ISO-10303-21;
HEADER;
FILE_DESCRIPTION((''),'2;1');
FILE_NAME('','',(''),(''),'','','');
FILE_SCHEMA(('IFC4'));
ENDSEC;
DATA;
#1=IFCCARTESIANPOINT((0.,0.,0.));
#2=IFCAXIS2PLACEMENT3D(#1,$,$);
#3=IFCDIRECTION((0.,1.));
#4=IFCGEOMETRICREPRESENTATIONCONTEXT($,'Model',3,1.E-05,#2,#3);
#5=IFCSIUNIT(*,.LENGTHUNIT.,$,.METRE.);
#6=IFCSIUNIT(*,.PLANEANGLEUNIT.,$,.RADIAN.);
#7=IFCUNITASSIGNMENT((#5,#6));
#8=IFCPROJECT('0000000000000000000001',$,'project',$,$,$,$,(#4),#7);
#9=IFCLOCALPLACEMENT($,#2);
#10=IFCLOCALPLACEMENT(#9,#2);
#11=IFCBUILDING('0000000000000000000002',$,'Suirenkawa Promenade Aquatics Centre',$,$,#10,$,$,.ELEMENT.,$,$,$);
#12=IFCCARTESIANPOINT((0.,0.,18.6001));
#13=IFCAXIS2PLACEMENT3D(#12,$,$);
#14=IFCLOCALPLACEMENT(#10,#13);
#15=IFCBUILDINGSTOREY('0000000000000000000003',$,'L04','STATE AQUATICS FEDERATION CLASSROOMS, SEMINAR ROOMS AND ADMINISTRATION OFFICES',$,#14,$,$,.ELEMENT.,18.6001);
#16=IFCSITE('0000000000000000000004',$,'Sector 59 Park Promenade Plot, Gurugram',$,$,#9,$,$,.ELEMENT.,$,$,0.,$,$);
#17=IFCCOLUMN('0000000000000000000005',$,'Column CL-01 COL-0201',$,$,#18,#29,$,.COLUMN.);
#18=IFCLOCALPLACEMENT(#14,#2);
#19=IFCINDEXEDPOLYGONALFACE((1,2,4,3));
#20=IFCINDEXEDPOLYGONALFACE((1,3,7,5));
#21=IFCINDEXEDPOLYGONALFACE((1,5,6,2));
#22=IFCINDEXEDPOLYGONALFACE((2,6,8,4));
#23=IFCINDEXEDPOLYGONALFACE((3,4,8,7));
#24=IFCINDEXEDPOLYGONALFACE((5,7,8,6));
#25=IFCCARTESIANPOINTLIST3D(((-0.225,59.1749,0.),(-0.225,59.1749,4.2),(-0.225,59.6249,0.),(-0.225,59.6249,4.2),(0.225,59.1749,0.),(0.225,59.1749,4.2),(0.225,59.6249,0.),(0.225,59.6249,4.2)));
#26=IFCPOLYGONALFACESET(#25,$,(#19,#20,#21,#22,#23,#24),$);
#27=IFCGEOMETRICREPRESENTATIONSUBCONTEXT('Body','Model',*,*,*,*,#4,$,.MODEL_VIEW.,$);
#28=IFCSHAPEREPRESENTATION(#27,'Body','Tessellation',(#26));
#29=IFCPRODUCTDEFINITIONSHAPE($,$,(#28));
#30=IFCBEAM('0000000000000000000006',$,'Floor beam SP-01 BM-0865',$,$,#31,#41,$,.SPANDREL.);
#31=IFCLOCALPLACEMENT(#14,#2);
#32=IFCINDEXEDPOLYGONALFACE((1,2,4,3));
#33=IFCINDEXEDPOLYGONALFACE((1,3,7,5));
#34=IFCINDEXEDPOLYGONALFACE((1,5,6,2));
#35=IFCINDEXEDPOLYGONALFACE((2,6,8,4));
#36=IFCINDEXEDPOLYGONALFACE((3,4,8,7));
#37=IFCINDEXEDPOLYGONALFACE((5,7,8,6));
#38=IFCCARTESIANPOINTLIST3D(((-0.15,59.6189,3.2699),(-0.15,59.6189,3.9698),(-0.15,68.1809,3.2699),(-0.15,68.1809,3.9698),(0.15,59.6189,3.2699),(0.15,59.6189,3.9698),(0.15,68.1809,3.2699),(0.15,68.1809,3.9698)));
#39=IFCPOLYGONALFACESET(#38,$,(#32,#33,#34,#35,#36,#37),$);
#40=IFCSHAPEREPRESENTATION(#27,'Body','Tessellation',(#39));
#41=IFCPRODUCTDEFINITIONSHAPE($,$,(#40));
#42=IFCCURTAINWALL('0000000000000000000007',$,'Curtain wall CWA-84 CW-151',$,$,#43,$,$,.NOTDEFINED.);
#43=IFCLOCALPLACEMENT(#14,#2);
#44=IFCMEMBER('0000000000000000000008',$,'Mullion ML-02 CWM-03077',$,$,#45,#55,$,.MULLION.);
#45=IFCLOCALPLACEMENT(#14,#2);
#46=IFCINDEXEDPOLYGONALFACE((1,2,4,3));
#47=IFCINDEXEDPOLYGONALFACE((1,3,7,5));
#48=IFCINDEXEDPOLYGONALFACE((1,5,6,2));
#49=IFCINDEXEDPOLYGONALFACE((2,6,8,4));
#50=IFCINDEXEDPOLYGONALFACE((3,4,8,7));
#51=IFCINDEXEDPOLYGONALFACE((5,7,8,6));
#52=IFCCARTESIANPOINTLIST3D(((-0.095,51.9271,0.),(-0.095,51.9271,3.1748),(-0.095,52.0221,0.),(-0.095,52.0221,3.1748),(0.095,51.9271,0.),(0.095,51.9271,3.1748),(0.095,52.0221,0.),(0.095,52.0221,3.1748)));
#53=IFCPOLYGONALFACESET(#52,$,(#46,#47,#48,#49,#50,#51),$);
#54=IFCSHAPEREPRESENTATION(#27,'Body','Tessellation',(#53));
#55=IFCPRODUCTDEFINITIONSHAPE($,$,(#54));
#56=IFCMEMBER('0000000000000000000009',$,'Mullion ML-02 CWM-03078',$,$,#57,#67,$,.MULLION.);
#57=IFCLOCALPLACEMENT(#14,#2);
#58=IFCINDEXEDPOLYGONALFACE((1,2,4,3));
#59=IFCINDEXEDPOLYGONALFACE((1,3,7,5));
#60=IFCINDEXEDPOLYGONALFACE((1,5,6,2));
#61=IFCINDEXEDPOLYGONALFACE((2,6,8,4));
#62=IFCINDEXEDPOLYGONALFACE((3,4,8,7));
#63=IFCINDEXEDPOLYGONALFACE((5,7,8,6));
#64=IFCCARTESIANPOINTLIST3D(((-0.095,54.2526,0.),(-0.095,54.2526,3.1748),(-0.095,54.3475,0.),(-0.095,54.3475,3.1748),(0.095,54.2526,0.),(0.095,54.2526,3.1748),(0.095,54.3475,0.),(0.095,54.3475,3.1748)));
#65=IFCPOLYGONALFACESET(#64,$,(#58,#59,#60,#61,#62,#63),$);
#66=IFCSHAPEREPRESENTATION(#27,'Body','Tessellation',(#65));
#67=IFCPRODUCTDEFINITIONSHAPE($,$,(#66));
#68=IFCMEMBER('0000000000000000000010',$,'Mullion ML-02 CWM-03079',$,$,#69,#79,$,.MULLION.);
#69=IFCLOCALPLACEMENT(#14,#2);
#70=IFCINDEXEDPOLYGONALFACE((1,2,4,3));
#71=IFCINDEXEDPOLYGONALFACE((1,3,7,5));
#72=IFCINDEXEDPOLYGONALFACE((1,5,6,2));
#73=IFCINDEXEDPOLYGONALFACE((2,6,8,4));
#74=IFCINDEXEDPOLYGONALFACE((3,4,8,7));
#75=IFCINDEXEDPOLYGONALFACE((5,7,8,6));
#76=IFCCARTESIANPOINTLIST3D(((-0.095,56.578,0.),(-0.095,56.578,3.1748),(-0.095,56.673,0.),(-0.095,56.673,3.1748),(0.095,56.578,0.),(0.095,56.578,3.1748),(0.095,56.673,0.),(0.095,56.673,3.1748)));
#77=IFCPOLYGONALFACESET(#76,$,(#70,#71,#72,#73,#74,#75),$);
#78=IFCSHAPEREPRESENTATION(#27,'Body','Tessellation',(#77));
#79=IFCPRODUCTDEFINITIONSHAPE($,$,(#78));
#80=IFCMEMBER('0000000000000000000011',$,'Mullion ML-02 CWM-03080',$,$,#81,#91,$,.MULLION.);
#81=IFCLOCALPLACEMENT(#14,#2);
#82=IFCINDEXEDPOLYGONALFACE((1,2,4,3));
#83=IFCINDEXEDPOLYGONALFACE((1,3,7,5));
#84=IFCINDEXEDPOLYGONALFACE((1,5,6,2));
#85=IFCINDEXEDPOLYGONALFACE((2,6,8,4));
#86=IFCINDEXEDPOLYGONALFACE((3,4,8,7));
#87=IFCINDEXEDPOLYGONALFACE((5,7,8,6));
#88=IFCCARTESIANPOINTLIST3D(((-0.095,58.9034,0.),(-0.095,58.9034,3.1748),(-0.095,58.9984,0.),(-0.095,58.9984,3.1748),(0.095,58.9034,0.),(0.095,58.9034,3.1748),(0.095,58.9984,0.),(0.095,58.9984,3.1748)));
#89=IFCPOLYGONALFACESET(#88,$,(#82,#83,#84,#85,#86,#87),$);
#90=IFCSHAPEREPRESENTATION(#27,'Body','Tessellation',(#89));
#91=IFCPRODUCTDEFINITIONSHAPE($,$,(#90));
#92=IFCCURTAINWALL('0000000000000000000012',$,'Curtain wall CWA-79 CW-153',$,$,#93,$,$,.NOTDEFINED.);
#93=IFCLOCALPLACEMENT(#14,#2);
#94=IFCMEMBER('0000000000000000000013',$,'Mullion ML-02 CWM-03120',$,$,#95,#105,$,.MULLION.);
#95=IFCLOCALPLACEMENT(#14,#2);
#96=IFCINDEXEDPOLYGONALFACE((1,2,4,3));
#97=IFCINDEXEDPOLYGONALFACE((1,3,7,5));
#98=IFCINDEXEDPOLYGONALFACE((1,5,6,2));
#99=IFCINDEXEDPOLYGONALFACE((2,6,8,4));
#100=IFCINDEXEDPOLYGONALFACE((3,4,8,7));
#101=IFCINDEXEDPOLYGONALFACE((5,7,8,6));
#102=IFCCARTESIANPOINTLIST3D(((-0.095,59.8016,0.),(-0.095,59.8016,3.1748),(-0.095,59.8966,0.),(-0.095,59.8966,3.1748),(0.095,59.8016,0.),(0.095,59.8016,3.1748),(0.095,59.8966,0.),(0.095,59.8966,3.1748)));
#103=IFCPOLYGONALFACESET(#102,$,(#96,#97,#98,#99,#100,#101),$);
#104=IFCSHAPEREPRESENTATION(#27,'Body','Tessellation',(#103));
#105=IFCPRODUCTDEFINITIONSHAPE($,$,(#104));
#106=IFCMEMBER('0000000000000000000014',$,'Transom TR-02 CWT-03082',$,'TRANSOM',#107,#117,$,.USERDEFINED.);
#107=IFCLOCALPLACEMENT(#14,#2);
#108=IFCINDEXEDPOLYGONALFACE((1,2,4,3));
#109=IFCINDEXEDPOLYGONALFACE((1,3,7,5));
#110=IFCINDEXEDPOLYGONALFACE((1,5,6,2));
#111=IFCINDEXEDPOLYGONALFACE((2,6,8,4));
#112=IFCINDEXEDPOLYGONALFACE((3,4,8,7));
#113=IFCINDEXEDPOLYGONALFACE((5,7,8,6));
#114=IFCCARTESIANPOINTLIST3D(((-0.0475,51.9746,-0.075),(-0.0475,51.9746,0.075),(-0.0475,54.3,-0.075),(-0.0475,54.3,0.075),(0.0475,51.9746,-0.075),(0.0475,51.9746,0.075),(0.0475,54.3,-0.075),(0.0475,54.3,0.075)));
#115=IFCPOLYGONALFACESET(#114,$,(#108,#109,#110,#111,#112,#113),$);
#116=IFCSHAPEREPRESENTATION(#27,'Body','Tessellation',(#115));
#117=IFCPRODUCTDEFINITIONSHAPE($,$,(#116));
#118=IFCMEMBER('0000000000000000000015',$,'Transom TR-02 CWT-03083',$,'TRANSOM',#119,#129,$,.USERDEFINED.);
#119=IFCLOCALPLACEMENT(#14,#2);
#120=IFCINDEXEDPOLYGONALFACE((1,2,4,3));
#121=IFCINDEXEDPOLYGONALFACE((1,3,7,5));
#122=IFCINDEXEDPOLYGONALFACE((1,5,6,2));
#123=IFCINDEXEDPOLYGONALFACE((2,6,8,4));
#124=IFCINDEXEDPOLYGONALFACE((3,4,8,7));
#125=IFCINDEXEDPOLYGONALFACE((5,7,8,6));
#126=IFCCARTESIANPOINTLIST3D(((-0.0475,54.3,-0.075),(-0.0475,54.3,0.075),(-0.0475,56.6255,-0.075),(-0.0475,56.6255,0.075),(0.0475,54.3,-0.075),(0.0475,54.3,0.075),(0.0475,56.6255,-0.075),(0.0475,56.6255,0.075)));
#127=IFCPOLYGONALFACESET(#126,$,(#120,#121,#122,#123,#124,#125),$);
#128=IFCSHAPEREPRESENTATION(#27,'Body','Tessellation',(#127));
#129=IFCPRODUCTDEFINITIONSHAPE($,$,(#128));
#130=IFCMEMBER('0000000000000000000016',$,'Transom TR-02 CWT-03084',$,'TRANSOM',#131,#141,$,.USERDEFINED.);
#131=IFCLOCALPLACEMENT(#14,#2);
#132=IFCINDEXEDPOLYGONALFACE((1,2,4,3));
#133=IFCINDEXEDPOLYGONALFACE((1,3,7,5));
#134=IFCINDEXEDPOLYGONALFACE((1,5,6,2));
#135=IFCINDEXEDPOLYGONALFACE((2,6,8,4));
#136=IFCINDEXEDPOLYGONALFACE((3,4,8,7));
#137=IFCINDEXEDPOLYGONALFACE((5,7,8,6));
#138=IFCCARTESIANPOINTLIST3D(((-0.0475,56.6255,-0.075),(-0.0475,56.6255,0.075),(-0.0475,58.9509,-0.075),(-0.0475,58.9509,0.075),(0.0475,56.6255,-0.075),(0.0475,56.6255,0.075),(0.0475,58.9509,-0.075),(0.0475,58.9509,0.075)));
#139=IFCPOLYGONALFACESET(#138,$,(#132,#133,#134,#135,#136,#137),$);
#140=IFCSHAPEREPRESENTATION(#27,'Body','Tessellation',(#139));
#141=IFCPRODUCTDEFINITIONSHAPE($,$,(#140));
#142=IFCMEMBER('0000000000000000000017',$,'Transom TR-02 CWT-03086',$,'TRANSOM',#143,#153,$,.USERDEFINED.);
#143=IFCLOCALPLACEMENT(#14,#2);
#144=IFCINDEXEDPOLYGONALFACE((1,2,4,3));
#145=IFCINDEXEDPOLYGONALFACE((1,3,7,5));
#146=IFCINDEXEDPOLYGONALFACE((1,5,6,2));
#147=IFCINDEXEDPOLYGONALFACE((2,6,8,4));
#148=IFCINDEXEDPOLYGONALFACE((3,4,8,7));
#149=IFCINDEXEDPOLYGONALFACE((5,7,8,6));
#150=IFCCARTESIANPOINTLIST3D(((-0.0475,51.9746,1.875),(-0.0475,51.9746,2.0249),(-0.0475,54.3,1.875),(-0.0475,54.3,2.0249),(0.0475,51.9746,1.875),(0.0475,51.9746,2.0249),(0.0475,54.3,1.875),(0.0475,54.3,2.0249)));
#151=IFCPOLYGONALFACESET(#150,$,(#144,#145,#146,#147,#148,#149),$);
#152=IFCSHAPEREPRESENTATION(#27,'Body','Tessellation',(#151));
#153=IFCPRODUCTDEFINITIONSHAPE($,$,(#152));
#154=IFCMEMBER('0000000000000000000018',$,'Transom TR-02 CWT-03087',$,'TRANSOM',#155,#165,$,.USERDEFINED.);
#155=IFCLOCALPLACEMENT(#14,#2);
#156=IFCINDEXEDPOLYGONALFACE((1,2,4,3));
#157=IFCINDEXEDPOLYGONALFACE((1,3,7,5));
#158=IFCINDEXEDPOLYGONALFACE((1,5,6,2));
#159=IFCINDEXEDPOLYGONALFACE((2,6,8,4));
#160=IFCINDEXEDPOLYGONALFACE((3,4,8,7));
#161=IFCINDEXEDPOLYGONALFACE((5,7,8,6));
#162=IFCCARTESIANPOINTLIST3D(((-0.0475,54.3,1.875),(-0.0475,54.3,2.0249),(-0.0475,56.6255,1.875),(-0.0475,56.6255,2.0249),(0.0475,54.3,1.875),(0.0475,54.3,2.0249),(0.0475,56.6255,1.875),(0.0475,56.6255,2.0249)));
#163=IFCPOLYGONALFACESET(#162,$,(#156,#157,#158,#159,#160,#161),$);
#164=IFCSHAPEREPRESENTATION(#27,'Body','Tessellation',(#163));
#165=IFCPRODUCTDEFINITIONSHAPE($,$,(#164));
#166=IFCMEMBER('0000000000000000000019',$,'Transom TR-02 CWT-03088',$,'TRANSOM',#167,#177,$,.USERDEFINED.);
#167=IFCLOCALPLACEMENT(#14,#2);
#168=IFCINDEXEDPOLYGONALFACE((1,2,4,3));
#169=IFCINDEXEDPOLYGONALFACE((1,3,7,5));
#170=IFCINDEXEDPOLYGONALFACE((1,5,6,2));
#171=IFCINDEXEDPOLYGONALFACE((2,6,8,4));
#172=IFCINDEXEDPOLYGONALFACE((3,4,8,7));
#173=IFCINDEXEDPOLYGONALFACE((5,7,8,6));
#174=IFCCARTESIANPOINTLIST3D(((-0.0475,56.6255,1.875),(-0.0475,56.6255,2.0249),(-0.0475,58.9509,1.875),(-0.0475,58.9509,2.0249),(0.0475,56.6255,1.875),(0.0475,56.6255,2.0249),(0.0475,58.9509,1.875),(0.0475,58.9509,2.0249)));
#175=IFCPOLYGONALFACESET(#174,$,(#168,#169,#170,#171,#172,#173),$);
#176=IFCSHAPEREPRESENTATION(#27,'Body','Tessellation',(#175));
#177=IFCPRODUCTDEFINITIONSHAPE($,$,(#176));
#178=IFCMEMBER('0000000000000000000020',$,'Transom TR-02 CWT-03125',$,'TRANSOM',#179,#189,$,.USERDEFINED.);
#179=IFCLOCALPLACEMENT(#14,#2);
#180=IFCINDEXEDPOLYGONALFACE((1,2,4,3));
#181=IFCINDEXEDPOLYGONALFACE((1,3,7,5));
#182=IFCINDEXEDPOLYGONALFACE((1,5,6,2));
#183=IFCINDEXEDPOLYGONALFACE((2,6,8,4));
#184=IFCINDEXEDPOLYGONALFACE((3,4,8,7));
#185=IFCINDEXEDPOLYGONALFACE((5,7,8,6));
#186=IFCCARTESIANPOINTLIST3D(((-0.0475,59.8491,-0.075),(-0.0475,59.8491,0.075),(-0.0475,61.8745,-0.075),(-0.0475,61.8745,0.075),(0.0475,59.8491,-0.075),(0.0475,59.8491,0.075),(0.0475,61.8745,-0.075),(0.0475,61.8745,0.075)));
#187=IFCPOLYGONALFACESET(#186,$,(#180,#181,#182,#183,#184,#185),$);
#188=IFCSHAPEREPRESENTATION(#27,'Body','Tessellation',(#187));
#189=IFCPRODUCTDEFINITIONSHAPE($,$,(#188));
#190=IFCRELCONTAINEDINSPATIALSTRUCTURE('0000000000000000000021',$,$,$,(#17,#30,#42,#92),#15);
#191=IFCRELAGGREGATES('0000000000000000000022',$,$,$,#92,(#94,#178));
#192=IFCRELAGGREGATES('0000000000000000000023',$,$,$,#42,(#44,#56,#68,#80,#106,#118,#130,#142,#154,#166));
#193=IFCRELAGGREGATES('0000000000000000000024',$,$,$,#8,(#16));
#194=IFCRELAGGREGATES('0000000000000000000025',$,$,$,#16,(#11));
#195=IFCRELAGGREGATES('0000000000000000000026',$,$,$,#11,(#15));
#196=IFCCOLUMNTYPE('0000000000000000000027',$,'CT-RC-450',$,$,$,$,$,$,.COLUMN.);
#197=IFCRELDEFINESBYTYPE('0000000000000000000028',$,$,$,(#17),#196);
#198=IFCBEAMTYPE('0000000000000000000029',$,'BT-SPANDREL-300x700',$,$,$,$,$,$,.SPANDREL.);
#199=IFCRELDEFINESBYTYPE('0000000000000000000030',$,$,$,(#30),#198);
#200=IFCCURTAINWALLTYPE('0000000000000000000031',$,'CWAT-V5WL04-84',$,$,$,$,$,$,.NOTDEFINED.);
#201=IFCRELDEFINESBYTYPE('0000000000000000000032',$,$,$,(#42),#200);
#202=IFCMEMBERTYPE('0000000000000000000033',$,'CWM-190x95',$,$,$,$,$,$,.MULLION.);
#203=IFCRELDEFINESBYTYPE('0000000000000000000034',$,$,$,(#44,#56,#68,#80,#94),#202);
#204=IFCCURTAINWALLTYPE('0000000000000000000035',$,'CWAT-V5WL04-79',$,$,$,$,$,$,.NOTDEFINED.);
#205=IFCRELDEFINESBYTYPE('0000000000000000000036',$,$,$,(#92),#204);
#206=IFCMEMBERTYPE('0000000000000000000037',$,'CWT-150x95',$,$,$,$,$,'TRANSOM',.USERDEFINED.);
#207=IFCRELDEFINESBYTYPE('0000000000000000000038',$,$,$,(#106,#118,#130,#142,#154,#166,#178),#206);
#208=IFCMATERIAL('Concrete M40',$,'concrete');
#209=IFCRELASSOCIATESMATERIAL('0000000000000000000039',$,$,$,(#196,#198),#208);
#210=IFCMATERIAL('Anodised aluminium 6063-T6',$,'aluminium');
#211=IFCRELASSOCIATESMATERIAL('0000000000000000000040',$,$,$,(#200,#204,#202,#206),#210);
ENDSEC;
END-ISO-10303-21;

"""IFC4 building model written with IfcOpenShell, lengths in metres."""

from ifc_helpers import new_model, si_unit, direction, frame, origin, origin_2d, place, context, subcontext, project, spatial, rectangle, extrude, material, material_profile, profile_set, type_object, element, aggregate, save


model = new_model("IFC4")

# Units and contexts
model_context = context("Model", 3, precision=1e-05, world=origin(), true_north=direction((0.0, 1.0)))
body_context = subcontext(model_context, "Body", "Model", "MODEL_VIEW")
ifc_project = project(units=[si_unit("LENGTHUNIT", "METRE"), si_unit("PLANEANGLEUNIT", "RADIAN")], contexts=[model_context])

# Site, building, storey
site_placement = place(None, origin())
site = spatial("IfcSite", under=ifc_project, at=site_placement, Name="Sector 59 Park Promenade Plot, Gurugram", CompositionType="ELEMENT", RefElevation=0.0)
building_placement = place(site_placement, origin())
building = spatial("IfcBuilding", under=site, at=building_placement, Name="Suirenkawa Promenade Aquatics Centre", CompositionType="ELEMENT")
storey_placement = place(building_placement, frame((0.0, 0.0, 18.6001)))
storey = spatial("IfcBuildingStorey", under=building, at=storey_placement, Name="L04", Description="STATE AQUATICS FEDERATION CLASSROOMS, SEMINAR ROOMS AND ADMINISTRATION OFFICES", CompositionType="ELEMENT", Elevation=18.6001)

# Column
ifc_material_1 = material(Name="Concrete M40", Category="concrete")
ifc_material_profile_1 = material_profile(ifc_material_1, rectangle(XDim=0.45, YDim=0.45, at=origin_2d()), Name="RC COL 450x450", Category="concrete")
ifc_profile_set_1 = profile_set([ifc_material_profile_1], Name="Concrete M40")
column_type = type_object("IfcColumnType", Name="CT-RC-450", PredefinedType="COLUMN", material=ifc_profile_set_1)
column_placement = place(storey_placement, frame((0.0, 59.3999, 0.0), z_axis=(0.0, 0.0, 1.0), x_axis=(1.0, 0.0, 0.0)))
element("IfcColumn", 1, at=column_placement, inside=storey, type_object=column_type, Name="Column CL-01 COL-0201", PredefinedType="COLUMN", context=body_context, shape_type="SweptSolid", body=[
    extrude(rectangle(XDim=0.45, YDim=0.45, at=origin_2d()), origin(), (0.0, 0.0, 1.0), 4.2),
])

# Beam
ifc_material_profile_2 = material_profile(ifc_material_1, rectangle(XDim=0.3, YDim=0.7, at=origin_2d()), Name="RC SPANDREL 300x700", Category="concrete")
ifc_profile_set_2 = profile_set([ifc_material_profile_2], Name="Concrete M40")
beam_type = type_object("IfcBeamType", Name="BT-SPANDREL-300x700", PredefinedType="SPANDREL", material=ifc_profile_set_2)
beam_placement = place(storey_placement, frame((0.0, 59.6189, 3.6199), z_axis=(0.0, 1.0, 0.0), x_axis=(-1.0, 0.0, 0.0)))
element("IfcBeam", 2, at=beam_placement, inside=storey, type_object=beam_type, Name="Floor beam SP-01 BM-0865", PredefinedType="SPANDREL", context=body_context, shape_type="SweptSolid", body=[
    extrude(rectangle(XDim=0.3, YDim=0.7, at=origin_2d()), origin(), (0.0, 0.0, 1.0), 8.562),
])

# Curtain wall, members
ifc_material_2 = material(Name="Anodised aluminium 6063-T6", Category="aluminium")
curtain_wall_type_1 = type_object("IfcCurtainWallType", Name="CWAT-V5WL04-84", PredefinedType="NOTDEFINED", material=ifc_material_2)
curtain_wall_1_placement = place(storey_placement, origin())
curtain_wall_1 = element("IfcCurtainWall", 3, at=curtain_wall_1_placement, inside=storey, type_object=curtain_wall_type_1, Name="Curtain wall CWA-84 CW-151", PredefinedType="NOTDEFINED")
ifc_material_profile_3 = material_profile(ifc_material_2, rectangle(XDim=0.095, YDim=0.1899, at=origin_2d()), Name="ALU MULL 95x190", Category="aluminium")
ifc_profile_set_3 = profile_set([ifc_material_profile_3], Name="Anodised aluminium 6063-T6")
member_type_1 = type_object("IfcMemberType", Name="CWM-190x95", PredefinedType="MULLION", material=ifc_profile_set_3)
member_1_placement = place(storey_placement, frame((0.0, 51.9746, 0.0), z_axis=(0.0, 0.0, 1.0), x_axis=(0.0, 1.0, 0.0)))
member_1 = element("IfcMember", 4, at=member_1_placement, type_object=member_type_1, Name="Mullion ML-02 CWM-03077", PredefinedType="MULLION", context=body_context, shape_type="SweptSolid", body=[
    extrude(rectangle(XDim=0.095, YDim=0.1899, at=origin_2d()), origin(), (0.0, 0.0, 1.0), 3.1748),
])
member_2_placement = place(storey_placement, frame((0.0, 54.3, 0.0), z_axis=(0.0, 0.0, 1.0), x_axis=(0.0, 1.0, 0.0)))
member_2 = element("IfcMember", 5, at=member_2_placement, type_object=member_type_1, Name="Mullion ML-02 CWM-03078", PredefinedType="MULLION", context=body_context, shape_type="SweptSolid", body=[
    extrude(rectangle(XDim=0.095, YDim=0.1899, at=origin_2d()), origin(), (0.0, 0.0, 1.0), 3.1748),
])
member_3_placement = place(storey_placement, frame((0.0, 56.6255, 0.0), z_axis=(0.0, 0.0, 1.0), x_axis=(0.0, 1.0, 0.0)))
member_3 = element("IfcMember", 6, at=member_3_placement, type_object=member_type_1, Name="Mullion ML-02 CWM-03079", PredefinedType="MULLION", context=body_context, shape_type="SweptSolid", body=[
    extrude(rectangle(XDim=0.095, YDim=0.1899, at=origin_2d()), origin(), (0.0, 0.0, 1.0), 3.1748),
])
member_4_placement = place(storey_placement, frame((0.0, 58.9509, 0.0), z_axis=(0.0, 0.0, 1.0), x_axis=(0.0, 1.0, 0.0)))
member_4 = element("IfcMember", 7, at=member_4_placement, type_object=member_type_1, Name="Mullion ML-02 CWM-03080", PredefinedType="MULLION", context=body_context, shape_type="SweptSolid", body=[
    extrude(rectangle(XDim=0.095, YDim=0.1899, at=origin_2d()), origin(), (0.0, 0.0, 1.0), 3.1748),
])

# Curtain wall, member
curtain_wall_type_2 = type_object("IfcCurtainWallType", Name="CWAT-V5WL04-79", PredefinedType="NOTDEFINED", material=ifc_material_2)
curtain_wall_2_placement = place(storey_placement, origin())
curtain_wall_2 = element("IfcCurtainWall", 8, at=curtain_wall_2_placement, inside=storey, type_object=curtain_wall_type_2, Name="Curtain wall CWA-79 CW-153", PredefinedType="NOTDEFINED")
member_5_placement = place(storey_placement, frame((0.0, 59.8491, 0.0), z_axis=(0.0, 0.0, 1.0), x_axis=(0.0, 1.0, 0.0)))
member_5 = element("IfcMember", 9, at=member_5_placement, type_object=member_type_1, Name="Mullion ML-02 CWM-03120", PredefinedType="MULLION", context=body_context, shape_type="SweptSolid", body=[
    extrude(rectangle(XDim=0.095, YDim=0.1899, at=origin_2d()), origin(), (0.0, 0.0, 1.0), 3.1748),
])

# Members
ifc_material_profile_4 = material_profile(ifc_material_2, rectangle(XDim=0.095, YDim=0.1499, at=origin_2d()), Name="ALU TRAN 95x150", Category="aluminium")
ifc_profile_set_4 = profile_set([ifc_material_profile_4], Name="Anodised aluminium 6063-T6")
member_type_2 = type_object("IfcMemberType", Name="CWT-150x95", ElementType="TRANSOM", PredefinedType="USERDEFINED", material=ifc_profile_set_4)
member_6_placement = place(storey_placement, frame((0.0, 51.9746, 0.0), z_axis=(0.0, 1.0, 0.0), x_axis=(-1.0, 0.0, 0.0)))
member_6 = element("IfcMember", 10, at=member_6_placement, type_object=member_type_2, Name="Transom TR-02 CWT-03082", ObjectType="TRANSOM", PredefinedType="USERDEFINED", context=body_context, shape_type="SweptSolid", body=[
    extrude(rectangle(XDim=0.095, YDim=0.1499, at=origin_2d()), origin(), (0.0, 0.0, 1.0), 2.3254),
])
member_7_placement = place(storey_placement, frame((0.0, 54.3, 0.0), z_axis=(0.0, 1.0, 0.0), x_axis=(-1.0, 0.0, 0.0)))
member_7 = element("IfcMember", 11, at=member_7_placement, type_object=member_type_2, Name="Transom TR-02 CWT-03083", ObjectType="TRANSOM", PredefinedType="USERDEFINED", context=body_context, shape_type="SweptSolid", body=[
    extrude(rectangle(XDim=0.095, YDim=0.1499, at=origin_2d()), origin(), (0.0, 0.0, 1.0), 2.3254),
])
member_8_placement = place(storey_placement, frame((0.0, 56.6255, 0.0), z_axis=(0.0, 1.0, 0.0), x_axis=(-1.0, 0.0, 0.0)))
member_8 = element("IfcMember", 12, at=member_8_placement, type_object=member_type_2, Name="Transom TR-02 CWT-03084", ObjectType="TRANSOM", PredefinedType="USERDEFINED", context=body_context, shape_type="SweptSolid", body=[
    extrude(rectangle(XDim=0.095, YDim=0.1499, at=origin_2d()), origin(), (0.0, 0.0, 1.0), 2.3254),
])
member_9_placement = place(storey_placement, frame((0.0, 51.9746, 1.95), z_axis=(0.0, 1.0, 0.0), x_axis=(-1.0, 0.0, 0.0)))
member_9 = element("IfcMember", 13, at=member_9_placement, type_object=member_type_2, Name="Transom TR-02 CWT-03086", ObjectType="TRANSOM", PredefinedType="USERDEFINED", context=body_context, shape_type="SweptSolid", body=[
    extrude(rectangle(XDim=0.095, YDim=0.1499, at=origin_2d()), origin(), (0.0, 0.0, 1.0), 2.3254),
])
member_10_placement = place(storey_placement, frame((0.0, 54.3, 1.95), z_axis=(0.0, 1.0, 0.0), x_axis=(-1.0, 0.0, 0.0)))
member_10 = element("IfcMember", 14, at=member_10_placement, type_object=member_type_2, Name="Transom TR-02 CWT-03087", ObjectType="TRANSOM", PredefinedType="USERDEFINED", context=body_context, shape_type="SweptSolid", body=[
    extrude(rectangle(XDim=0.095, YDim=0.1499, at=origin_2d()), origin(), (0.0, 0.0, 1.0), 2.3254),
])
member_11_placement = place(storey_placement, frame((0.0, 56.6255, 1.95), z_axis=(0.0, 1.0, 0.0), x_axis=(-1.0, 0.0, 0.0)))
member_11 = element("IfcMember", 15, at=member_11_placement, type_object=member_type_2, Name="Transom TR-02 CWT-03088", ObjectType="TRANSOM", PredefinedType="USERDEFINED", context=body_context, shape_type="SweptSolid", body=[
    extrude(rectangle(XDim=0.095, YDim=0.1499, at=origin_2d()), origin(), (0.0, 0.0, 1.0), 2.3254),
])
member_12_placement = place(storey_placement, frame((0.0, 59.8491, 0.0), z_axis=(0.0, 1.0, 0.0), x_axis=(-1.0, 0.0, 0.0)))
member_12 = element("IfcMember", 16, at=member_12_placement, type_object=member_type_2, Name="Transom TR-02 CWT-03125", ObjectType="TRANSOM", PredefinedType="USERDEFINED", context=body_context, shape_type="SweptSolid", body=[
    extrude(rectangle(XDim=0.095, YDim=0.1499, at=origin_2d()), origin(), (0.0, 0.0, 1.0), 2.0254),
])
aggregate(curtain_wall_2, [member_5, member_12])

aggregate(curtain_wall_1, [member_1, member_2, member_3, member_4, member_6, member_7, member_8, member_9, member_10, member_11])

save(model, "model.ifc")
